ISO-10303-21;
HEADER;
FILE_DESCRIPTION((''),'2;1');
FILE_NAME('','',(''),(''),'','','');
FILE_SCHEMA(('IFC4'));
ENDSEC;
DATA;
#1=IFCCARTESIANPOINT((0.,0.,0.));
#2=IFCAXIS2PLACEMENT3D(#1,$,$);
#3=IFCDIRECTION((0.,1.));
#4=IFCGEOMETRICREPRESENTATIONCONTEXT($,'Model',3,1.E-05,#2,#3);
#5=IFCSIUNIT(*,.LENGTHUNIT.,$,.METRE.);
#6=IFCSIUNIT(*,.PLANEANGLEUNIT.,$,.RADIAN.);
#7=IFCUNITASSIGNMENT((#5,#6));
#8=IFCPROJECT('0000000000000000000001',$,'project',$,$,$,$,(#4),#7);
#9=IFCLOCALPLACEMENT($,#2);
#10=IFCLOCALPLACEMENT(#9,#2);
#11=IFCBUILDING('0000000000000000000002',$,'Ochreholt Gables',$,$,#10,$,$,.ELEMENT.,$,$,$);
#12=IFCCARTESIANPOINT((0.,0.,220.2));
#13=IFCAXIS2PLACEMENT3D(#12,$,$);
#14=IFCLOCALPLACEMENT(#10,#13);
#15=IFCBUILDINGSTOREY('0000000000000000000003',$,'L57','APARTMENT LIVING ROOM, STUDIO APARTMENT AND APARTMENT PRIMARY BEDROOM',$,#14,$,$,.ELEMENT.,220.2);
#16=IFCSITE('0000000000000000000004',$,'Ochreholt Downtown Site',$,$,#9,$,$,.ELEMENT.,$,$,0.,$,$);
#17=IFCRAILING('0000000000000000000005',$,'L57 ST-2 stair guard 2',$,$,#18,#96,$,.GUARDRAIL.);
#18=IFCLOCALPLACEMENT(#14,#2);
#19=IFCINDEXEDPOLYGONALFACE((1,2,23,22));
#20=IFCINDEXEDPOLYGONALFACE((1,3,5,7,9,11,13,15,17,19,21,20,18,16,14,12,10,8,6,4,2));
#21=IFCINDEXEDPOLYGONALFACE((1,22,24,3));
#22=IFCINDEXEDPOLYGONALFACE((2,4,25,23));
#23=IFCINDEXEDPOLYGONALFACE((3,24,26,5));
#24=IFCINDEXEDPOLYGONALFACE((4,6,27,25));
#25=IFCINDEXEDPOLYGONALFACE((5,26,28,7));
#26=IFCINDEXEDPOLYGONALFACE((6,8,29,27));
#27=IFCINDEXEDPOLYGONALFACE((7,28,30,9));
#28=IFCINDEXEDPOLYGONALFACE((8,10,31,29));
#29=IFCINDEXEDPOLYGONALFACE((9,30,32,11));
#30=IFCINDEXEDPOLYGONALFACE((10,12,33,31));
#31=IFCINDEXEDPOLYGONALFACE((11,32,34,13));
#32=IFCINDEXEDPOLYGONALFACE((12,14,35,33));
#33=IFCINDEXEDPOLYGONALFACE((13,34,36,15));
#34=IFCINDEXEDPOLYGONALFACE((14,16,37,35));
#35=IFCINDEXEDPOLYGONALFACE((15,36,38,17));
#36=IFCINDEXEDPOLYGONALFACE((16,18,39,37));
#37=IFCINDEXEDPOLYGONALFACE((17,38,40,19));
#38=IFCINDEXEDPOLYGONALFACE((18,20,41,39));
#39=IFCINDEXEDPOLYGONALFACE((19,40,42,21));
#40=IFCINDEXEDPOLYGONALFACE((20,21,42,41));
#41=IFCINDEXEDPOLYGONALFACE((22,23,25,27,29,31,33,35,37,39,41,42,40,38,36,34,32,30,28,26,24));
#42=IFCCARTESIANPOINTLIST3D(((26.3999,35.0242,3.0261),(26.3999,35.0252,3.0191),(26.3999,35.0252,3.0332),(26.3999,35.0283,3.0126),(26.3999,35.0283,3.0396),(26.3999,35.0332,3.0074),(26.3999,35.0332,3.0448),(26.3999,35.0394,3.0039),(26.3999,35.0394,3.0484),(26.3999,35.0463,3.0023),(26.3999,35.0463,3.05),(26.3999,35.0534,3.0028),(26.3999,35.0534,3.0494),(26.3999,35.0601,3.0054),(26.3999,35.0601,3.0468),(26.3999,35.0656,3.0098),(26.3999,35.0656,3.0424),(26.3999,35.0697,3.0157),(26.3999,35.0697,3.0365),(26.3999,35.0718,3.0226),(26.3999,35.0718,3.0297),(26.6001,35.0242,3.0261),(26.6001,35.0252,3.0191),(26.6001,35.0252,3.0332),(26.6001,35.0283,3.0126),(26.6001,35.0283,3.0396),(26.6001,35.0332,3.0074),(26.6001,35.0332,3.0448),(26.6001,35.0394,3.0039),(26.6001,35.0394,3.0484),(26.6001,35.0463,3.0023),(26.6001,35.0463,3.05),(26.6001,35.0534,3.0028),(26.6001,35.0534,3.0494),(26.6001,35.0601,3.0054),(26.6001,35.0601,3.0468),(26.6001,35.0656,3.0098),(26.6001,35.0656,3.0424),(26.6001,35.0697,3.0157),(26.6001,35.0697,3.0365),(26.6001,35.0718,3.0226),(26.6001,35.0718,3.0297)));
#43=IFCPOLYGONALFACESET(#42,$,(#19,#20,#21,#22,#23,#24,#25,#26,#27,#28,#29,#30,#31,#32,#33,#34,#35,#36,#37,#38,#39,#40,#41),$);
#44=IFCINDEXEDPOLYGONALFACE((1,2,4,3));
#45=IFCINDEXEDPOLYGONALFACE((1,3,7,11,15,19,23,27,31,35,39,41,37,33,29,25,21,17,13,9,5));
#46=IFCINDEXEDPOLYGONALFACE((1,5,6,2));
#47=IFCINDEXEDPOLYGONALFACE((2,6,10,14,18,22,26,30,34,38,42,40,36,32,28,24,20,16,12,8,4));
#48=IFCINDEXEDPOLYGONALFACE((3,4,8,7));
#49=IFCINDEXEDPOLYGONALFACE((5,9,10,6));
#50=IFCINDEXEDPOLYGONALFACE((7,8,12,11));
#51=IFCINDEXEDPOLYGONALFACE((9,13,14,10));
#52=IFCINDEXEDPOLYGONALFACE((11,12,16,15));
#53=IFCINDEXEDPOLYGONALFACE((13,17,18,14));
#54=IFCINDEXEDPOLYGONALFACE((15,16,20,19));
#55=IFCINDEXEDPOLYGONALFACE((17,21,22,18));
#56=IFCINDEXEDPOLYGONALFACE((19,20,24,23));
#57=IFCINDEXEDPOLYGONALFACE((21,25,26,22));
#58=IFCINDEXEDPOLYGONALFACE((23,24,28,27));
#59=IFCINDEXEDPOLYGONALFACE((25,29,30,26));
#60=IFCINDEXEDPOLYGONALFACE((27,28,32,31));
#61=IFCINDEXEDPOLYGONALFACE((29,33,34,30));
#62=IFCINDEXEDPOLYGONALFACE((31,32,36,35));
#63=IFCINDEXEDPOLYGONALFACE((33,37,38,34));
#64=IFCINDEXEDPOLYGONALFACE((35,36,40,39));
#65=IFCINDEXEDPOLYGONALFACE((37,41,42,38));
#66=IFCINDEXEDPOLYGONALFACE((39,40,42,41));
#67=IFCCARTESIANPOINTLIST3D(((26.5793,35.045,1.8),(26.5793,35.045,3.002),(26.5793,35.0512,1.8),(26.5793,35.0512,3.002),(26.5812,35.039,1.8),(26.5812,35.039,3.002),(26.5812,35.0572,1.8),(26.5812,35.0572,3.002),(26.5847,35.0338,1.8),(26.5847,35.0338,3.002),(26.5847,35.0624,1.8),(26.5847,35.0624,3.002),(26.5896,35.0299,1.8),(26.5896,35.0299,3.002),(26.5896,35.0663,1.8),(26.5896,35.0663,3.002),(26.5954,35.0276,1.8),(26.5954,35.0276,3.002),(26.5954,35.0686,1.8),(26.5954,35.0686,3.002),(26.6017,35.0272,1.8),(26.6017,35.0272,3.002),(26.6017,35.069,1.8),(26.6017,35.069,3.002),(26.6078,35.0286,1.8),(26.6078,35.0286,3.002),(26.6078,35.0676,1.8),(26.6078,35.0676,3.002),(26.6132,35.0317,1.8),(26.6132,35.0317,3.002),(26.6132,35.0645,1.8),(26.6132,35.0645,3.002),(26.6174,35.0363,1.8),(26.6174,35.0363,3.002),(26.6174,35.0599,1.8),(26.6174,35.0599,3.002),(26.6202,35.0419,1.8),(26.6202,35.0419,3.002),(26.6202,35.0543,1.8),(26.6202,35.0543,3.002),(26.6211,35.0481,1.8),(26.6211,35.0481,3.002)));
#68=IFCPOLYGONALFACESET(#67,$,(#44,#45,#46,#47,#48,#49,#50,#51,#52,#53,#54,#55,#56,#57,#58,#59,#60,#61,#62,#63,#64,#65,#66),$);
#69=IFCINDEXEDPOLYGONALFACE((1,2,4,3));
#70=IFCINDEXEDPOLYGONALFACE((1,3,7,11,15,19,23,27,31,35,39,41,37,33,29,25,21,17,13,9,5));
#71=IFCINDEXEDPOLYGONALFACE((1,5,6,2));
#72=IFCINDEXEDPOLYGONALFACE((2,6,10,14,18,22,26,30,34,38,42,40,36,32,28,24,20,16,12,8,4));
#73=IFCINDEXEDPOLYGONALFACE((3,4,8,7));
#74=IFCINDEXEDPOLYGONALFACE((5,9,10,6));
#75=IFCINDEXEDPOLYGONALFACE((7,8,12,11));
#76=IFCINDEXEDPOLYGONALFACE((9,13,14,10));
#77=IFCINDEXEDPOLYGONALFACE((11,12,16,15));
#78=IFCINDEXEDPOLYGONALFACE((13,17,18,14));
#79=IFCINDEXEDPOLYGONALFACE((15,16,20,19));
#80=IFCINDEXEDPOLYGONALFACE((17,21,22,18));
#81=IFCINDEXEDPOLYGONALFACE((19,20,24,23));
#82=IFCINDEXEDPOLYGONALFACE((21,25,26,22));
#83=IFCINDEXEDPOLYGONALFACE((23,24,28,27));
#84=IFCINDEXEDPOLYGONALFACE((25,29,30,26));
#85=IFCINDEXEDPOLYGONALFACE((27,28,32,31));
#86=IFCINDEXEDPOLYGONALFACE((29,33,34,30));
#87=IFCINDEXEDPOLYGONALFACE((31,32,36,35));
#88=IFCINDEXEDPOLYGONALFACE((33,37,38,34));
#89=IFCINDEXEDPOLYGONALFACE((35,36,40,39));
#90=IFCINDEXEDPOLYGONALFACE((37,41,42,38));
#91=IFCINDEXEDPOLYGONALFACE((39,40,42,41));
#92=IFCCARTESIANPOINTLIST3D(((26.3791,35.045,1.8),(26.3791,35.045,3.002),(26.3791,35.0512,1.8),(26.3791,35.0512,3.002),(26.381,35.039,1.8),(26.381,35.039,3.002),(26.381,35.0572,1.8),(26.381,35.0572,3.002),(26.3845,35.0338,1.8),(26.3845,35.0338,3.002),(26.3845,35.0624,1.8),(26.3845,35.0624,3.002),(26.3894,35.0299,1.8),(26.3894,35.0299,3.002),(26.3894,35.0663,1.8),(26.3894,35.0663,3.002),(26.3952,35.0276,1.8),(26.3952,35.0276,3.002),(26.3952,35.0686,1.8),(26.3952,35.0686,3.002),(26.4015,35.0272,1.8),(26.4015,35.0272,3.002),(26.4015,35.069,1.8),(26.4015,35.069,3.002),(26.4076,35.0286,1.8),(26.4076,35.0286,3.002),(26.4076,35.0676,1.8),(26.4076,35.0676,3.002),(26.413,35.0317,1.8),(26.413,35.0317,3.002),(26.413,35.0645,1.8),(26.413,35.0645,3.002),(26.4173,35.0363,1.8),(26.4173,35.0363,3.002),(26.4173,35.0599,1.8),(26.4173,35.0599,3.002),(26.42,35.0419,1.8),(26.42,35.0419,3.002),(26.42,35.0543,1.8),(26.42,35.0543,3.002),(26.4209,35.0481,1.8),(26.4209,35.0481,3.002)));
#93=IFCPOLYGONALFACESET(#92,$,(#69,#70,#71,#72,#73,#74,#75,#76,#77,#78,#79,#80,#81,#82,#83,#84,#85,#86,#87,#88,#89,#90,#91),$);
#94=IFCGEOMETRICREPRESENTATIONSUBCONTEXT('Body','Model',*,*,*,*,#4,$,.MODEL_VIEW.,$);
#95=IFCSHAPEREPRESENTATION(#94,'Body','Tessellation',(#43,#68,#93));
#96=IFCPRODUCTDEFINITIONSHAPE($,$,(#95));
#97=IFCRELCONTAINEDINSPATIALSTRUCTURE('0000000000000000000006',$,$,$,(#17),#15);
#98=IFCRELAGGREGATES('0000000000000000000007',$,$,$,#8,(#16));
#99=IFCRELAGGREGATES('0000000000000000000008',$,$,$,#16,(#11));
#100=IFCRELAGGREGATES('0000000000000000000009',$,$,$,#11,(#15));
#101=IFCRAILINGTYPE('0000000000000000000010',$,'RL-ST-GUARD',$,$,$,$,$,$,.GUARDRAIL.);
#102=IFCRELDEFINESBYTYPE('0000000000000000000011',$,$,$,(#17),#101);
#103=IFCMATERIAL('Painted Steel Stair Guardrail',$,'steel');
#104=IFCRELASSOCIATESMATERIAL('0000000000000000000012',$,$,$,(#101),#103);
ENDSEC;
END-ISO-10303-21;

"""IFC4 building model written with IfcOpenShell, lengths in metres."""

from ifc_helpers import new_model, si_unit, direction, frame, origin, origin_2d, place, context, subcontext, project, spatial, circle, extrude, material, type_object, element, save


model = new_model("IFC4")

# Units and contexts
model_context = context("Model", 3, precision=1e-05, world=origin(), true_north=direction((0.0, 1.0)))
body_context = subcontext(model_context, "Body", "Model", "MODEL_VIEW")
ifc_project = project(units=[si_unit("LENGTHUNIT", "METRE"), si_unit("PLANEANGLEUNIT", "RADIAN")], contexts=[model_context])

# Site, building, storey
site_placement = place(None, origin())
site = spatial("IfcSite", under=ifc_project, at=site_placement, Name="Ochreholt Downtown Site", CompositionType="ELEMENT", RefElevation=0.0)
building_placement = place(site_placement, origin())
building = spatial("IfcBuilding", under=site, at=building_placement, Name="Ochreholt Gables", CompositionType="ELEMENT")
storey_placement = place(building_placement, frame((0.0, 0.0, 220.2)))
storey = spatial("IfcBuildingStorey", under=building, at=storey_placement, Name="L57", Description="APARTMENT LIVING ROOM, STUDIO APARTMENT AND APARTMENT PRIMARY BEDROOM", CompositionType="ELEMENT", Elevation=220.2)

# Railing
ifc_material_1 = material(Name="Painted Steel Stair Guardrail", Category="steel")
railing_type_1 = type_object("IfcRailingType", Name="RL-ST-GUARD", PredefinedType="GUARDRAIL", material=ifc_material_1)
railing_1_placement = place(storey_placement, frame((26.6001, 35.0481, 1.8)))
element("IfcRailing", 1, at=railing_1_placement, inside=storey, type_object=railing_type_1, Name="L57 ST-2 stair guard 2", PredefinedType="GUARDRAIL", context=body_context, shape_type="SweptSolid", body=[
    extrude(circle(Radius=0.0239, at=origin_2d()), frame((0.0, 0.0, 1.2261), z_axis=(-1.0, 0.0, 0.0), x_axis=(0.0, -1.0, 0.0)), (0.0, 0.0, 1.0), 0.2002),
    extrude(circle(Radius=0.021, at=origin_2d()), origin(), (0.0, 0.0, 1.0), 1.2019),
    extrude(circle(Radius=0.021, at=origin_2d()), frame((-0.2002, 0.0, 0.0)), (0.0, 0.0, 1.0), 1.2019),
])

save(model, "model.ifc")
